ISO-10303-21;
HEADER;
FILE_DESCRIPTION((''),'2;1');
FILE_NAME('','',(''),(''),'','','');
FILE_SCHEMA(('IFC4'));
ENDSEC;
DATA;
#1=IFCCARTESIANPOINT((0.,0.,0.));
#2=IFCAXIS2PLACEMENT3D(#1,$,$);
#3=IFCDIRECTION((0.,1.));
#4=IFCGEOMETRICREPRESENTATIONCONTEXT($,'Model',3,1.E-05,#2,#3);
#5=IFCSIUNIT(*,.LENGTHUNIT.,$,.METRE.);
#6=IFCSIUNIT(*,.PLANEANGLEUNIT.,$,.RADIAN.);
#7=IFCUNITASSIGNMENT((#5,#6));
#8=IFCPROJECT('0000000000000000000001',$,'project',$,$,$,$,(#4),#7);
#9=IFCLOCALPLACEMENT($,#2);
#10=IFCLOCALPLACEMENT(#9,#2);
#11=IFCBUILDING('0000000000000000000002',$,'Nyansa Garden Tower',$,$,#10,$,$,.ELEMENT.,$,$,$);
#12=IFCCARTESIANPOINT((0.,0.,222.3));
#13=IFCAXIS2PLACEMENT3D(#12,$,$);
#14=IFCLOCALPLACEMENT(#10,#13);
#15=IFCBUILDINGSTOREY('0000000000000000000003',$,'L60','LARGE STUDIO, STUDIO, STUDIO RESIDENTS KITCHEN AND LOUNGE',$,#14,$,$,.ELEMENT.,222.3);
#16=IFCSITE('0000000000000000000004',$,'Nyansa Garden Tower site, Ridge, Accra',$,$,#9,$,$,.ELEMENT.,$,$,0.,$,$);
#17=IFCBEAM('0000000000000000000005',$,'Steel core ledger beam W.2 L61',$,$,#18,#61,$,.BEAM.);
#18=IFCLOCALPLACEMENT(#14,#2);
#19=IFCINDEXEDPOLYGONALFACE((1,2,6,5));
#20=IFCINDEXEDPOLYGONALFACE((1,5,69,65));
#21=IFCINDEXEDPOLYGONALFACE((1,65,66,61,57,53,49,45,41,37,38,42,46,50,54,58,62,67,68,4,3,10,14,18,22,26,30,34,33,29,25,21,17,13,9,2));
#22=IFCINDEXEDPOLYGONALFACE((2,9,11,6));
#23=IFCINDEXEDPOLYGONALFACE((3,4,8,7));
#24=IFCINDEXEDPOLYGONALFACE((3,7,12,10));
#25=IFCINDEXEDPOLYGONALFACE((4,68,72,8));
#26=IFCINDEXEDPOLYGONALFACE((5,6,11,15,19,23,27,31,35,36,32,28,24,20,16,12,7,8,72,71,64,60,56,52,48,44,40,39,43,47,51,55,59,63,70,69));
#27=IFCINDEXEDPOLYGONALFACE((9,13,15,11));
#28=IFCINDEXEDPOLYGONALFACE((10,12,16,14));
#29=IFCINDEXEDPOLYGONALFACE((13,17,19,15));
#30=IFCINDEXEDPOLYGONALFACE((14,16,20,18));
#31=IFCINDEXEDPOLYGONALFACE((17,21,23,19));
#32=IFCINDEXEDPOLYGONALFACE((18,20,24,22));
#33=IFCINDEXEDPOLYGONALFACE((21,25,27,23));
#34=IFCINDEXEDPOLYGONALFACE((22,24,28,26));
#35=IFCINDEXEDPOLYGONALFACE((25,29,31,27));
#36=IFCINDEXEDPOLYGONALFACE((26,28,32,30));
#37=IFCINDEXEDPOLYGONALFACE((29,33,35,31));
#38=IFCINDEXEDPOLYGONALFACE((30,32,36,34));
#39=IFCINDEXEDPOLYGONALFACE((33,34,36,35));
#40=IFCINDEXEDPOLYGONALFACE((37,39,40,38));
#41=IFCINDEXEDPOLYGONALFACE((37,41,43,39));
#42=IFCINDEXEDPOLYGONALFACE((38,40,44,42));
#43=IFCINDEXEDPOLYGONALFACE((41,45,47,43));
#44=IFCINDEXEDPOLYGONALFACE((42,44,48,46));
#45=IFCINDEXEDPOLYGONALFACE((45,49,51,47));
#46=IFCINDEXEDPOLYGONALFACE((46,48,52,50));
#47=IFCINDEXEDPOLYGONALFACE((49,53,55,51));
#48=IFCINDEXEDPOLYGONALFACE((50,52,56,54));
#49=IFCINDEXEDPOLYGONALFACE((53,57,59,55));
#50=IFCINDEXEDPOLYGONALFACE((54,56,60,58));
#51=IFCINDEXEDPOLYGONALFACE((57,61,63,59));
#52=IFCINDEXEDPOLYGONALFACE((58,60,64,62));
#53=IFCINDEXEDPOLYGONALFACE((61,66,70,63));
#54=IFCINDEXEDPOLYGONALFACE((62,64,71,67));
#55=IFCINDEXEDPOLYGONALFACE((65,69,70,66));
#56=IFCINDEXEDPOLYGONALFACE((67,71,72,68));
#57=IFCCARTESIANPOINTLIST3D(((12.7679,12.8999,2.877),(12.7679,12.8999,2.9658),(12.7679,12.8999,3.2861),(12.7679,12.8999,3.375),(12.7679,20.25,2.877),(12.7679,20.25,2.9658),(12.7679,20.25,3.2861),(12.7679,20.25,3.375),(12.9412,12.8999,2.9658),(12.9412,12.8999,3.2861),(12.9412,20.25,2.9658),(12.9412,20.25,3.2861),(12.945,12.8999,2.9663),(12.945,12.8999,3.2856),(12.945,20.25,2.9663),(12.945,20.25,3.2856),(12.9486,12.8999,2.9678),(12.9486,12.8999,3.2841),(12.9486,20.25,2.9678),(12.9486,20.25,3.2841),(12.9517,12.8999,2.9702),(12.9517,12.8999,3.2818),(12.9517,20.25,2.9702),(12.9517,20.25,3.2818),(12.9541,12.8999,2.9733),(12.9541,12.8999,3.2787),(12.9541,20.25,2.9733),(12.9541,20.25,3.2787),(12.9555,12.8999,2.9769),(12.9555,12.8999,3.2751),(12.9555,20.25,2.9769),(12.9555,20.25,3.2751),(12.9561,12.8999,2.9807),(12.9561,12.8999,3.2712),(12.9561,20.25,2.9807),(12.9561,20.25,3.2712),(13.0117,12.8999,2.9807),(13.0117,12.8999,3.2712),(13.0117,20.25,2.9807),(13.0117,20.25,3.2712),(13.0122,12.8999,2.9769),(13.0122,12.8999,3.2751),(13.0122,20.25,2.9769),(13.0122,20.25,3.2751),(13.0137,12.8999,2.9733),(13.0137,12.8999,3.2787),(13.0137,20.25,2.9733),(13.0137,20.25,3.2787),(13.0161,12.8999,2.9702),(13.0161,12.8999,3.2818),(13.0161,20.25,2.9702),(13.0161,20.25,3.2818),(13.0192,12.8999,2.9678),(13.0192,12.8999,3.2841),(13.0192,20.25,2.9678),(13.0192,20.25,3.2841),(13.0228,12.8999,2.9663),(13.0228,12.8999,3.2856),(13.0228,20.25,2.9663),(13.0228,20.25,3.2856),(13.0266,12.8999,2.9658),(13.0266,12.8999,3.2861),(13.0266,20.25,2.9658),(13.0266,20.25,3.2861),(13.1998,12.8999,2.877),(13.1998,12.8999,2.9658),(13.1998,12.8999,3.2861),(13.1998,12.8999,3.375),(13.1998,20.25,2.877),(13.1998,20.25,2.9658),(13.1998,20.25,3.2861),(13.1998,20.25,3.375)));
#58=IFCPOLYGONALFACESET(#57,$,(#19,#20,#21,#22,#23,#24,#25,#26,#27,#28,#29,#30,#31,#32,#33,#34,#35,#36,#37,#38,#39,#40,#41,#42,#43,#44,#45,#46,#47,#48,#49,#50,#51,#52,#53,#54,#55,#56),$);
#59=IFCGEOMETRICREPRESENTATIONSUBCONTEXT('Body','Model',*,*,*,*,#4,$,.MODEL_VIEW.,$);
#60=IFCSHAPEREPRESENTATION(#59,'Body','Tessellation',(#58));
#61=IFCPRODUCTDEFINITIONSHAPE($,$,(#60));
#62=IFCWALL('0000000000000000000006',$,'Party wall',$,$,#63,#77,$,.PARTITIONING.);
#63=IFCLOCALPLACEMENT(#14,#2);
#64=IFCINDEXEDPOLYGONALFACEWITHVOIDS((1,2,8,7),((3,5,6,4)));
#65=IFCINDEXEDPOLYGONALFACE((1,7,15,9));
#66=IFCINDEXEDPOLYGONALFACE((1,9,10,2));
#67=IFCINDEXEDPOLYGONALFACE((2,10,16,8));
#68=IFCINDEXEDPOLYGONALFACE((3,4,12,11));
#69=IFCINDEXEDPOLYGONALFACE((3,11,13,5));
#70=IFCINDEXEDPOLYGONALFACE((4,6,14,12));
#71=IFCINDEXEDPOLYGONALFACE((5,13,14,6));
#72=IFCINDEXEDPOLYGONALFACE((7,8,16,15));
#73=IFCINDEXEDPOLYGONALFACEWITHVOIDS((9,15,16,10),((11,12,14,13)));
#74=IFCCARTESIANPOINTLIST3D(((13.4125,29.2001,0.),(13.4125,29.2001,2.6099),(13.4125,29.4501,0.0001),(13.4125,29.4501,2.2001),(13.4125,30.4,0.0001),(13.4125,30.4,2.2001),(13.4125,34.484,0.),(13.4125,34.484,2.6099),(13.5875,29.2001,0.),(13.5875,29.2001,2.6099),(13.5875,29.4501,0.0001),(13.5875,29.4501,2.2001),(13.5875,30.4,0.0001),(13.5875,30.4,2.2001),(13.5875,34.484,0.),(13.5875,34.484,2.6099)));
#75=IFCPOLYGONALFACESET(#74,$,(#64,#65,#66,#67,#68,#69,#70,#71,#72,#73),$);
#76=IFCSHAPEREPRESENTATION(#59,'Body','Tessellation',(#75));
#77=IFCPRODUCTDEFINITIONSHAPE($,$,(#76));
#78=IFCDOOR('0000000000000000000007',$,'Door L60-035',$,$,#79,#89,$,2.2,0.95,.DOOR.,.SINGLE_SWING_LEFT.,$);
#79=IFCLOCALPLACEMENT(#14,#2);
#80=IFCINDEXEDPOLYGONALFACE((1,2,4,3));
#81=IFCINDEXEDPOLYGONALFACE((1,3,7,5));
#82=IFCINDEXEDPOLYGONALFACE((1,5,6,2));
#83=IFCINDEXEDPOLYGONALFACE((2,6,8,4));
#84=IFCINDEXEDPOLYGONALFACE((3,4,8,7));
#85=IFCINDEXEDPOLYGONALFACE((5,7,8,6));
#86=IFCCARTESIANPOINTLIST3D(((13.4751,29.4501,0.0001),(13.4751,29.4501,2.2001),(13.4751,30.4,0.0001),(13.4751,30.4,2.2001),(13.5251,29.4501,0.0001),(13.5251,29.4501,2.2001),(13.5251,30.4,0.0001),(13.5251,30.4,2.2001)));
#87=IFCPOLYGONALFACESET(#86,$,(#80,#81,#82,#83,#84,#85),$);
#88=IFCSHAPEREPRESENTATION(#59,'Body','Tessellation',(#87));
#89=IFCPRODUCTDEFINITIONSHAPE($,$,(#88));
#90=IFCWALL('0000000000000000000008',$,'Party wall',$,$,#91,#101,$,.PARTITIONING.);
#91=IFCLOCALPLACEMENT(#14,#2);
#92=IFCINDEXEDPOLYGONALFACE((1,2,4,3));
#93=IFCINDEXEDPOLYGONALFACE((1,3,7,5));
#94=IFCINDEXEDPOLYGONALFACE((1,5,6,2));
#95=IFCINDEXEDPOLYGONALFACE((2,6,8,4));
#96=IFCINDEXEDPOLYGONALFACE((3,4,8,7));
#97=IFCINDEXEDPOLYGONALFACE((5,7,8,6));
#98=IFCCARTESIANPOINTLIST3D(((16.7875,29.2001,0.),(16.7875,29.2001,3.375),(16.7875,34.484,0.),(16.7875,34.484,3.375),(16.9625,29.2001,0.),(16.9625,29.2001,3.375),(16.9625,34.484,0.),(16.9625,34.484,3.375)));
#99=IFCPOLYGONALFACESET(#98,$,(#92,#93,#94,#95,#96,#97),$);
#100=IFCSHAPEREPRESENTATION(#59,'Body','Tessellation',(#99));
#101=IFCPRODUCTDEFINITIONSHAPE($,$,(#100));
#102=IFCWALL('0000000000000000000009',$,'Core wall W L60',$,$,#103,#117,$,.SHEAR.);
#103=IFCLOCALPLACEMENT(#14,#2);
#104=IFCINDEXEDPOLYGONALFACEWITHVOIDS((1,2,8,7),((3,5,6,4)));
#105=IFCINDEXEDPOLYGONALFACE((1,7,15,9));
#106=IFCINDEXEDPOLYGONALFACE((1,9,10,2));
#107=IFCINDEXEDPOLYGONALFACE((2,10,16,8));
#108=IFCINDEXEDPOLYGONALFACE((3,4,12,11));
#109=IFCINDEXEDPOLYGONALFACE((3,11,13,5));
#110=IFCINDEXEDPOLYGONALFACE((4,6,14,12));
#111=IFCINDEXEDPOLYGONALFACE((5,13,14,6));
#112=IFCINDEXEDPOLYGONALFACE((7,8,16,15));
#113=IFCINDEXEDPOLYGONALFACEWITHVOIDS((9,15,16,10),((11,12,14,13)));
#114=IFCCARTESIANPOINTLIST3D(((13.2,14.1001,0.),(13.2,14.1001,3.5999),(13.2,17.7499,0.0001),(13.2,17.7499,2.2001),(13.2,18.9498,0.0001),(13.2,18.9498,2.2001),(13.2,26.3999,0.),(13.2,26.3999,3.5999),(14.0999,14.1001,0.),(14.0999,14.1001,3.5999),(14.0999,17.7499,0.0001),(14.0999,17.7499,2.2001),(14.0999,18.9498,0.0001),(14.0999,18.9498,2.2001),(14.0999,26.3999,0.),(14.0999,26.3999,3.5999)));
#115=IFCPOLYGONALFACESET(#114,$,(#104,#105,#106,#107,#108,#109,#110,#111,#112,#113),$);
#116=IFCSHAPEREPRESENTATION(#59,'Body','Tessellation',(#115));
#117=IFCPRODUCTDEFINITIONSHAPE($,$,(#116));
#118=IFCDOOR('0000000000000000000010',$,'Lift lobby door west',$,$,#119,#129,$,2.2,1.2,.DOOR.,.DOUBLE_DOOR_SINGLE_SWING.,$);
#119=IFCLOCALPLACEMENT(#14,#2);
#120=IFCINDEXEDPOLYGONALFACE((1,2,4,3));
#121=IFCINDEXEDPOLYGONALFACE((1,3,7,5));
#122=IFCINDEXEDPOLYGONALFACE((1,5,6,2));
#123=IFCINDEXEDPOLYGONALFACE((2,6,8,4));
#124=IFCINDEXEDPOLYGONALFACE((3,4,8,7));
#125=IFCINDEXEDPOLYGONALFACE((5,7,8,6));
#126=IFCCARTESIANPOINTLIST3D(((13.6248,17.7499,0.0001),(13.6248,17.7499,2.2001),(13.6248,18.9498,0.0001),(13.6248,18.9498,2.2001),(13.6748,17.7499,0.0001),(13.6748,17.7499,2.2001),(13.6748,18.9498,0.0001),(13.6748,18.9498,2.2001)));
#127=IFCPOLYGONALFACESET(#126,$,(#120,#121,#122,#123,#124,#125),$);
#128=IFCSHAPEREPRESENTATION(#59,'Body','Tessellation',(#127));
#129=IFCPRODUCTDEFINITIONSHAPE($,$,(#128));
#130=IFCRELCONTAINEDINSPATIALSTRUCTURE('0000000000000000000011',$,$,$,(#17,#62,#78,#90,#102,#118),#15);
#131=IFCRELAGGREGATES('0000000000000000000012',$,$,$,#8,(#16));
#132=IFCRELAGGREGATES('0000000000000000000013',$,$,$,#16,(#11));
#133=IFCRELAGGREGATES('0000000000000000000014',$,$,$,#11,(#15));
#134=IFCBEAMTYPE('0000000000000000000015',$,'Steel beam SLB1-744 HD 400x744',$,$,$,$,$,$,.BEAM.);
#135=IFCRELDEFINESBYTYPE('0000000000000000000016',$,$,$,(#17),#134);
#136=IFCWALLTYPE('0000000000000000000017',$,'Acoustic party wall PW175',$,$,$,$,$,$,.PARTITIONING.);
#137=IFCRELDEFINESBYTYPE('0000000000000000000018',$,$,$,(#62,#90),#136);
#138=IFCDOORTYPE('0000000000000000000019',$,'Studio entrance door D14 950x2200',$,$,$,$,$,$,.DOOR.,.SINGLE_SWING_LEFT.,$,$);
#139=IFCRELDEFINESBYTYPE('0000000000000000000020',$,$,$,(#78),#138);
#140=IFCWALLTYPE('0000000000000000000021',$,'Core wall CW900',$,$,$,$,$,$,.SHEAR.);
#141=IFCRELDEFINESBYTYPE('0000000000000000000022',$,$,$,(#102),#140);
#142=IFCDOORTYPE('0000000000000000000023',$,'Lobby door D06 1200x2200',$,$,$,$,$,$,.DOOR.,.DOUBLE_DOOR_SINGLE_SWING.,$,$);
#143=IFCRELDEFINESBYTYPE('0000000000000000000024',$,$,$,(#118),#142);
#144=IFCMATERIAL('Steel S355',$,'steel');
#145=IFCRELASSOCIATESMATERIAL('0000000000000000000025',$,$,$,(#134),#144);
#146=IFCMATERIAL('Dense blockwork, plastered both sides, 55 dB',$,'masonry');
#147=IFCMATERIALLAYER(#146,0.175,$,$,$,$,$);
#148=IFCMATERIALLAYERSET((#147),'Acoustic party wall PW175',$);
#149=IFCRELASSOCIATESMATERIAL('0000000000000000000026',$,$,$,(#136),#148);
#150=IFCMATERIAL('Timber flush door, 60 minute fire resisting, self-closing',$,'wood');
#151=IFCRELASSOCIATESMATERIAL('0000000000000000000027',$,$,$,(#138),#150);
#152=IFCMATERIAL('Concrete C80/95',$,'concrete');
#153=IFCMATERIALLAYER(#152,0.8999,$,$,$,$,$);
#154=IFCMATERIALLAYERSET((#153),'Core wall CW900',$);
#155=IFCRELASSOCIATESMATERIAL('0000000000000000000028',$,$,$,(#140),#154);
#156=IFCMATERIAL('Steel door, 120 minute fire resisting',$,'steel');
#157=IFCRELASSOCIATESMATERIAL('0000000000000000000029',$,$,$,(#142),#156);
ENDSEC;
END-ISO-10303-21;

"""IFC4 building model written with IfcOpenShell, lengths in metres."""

from ifc_helpers import new_model, si_unit, direction, frame, frame_2d, origin, origin_2d, place, context, subcontext, project, spatial, rectangle, i_section, extrude, material, layer, layer_set, material_profile, profile_set, type_object, element, fill, save


model = new_model("IFC4")

# Units and contexts
model_context = context("Model", 3, precision=1e-05, world=origin(), true_north=direction((0.0, 1.0)))
body_context = subcontext(model_context, "Body", "Model", "MODEL_VIEW")
ifc_project = project(units=[si_unit("LENGTHUNIT", "METRE"), si_unit("PLANEANGLEUNIT", "RADIAN")], contexts=[model_context])

# Site, building, storey
site_placement = place(None, origin())
site = spatial("IfcSite", under=ifc_project, at=site_placement, Name="Nyansa Garden Tower site, Ridge, Accra", CompositionType="ELEMENT", RefElevation=0.0)
building_placement = place(site_placement, origin())
building = spatial("IfcBuilding", under=site, at=building_placement, Name="Nyansa Garden Tower", CompositionType="ELEMENT")
storey_placement = place(building_placement, frame((0.0, 0.0, 222.3)))
storey = spatial("IfcBuildingStorey", under=building, at=storey_placement, Name="L60", Description="LARGE STUDIO, STUDIO, STUDIO RESIDENTS KITCHEN AND LOUNGE", CompositionType="ELEMENT", Elevation=222.3)

# Beam
ifc_material_1 = material(Name="Steel S355", Category="steel")
ifc_material_profile_1 = material_profile(ifc_material_1, i_section(OverallWidth=0.4319, OverallDepth=0.498, WebThickness=0.0557, FlangeThickness=0.0889, FilletRadius=0.0149, at=origin_2d()), Name="HD 400x744")
ifc_profile_set_1 = profile_set([ifc_material_profile_1], Name="Steel S355")
beam_type_1 = type_object("IfcBeamType", Name="Steel beam SLB1-744 HD 400x744", PredefinedType="BEAM", material=ifc_profile_set_1)
for number, where, z_axis, x_axis, name in (
    (1, (12.9839, 20.25, 3.126), (0.0, -1.0, 0.0), (1.0, 0.0, 0.0), "Steel core ledger beam W.2 L61"),
):
    element("IfcBeam", number, at=place(storey_placement, frame(where, z_axis=z_axis, x_axis=x_axis)), inside=storey, type_object=beam_type_1, Name=name, PredefinedType="BEAM", context=body_context, shape_type="SweptSolid", body=[
        extrude(i_section(OverallWidth=0.4319, OverallDepth=0.498, WebThickness=0.0557, FlangeThickness=0.0889, FilletRadius=0.0149, at=origin_2d()), origin(), (0.0, 0.0, 1.0), 7.3501),
    ])

# Wall, opening, door
ifc_material_2 = material(Name="Dense blockwork, plastered both sides, 55 dB", Category="masonry")
ifc_layer_1 = layer(ifc_material_2, 0.175)
ifc_layer_set_1 = layer_set([ifc_layer_1], Name="Acoustic party wall PW175")
wall_type_1 = type_object("IfcWallType", Name="Acoustic party wall PW175", PredefinedType="PARTITIONING", material=ifc_layer_set_1)
wall_1_placement = place(storey_placement, frame((13.5, 29.2, 0.0), z_axis=(0.0, 0.0, 1.0), x_axis=(0.0, 1.0, 0.0)))
wall_1 = element("IfcWall", 2, at=wall_1_placement, inside=storey, type_object=wall_type_1, Name="Party wall", PredefinedType="PARTITIONING", context=body_context, shape_type="SweptSolid", body=[
    extrude(rectangle(XDim=5.2839, YDim=0.175, at=frame_2d((2.6421, 0.0))), origin(), (0.0, 0.0, 1.0), 2.6099),
])
opening_1_placement = place(wall_1_placement, frame((0.25, 0.0, 0.0)))
opening_1 = element("IfcOpeningElement", 3, at=opening_1_placement, cuts=wall_1, PredefinedType="OPENING", context=body_context, shape_type="SweptSolid", body=[
    extrude(rectangle(XDim=0.95, YDim=2.2, at=frame_2d((0.4751, 1.1001))), frame((0.0, 0.0974, 0.0), z_axis=(0.0, -1.0, 0.0), x_axis=(1.0, 0.0, 0.0)), (0.0, 0.0, 1.0), 0.1951),
])
ifc_material_3 = material(Name="Timber flush door, 60 minute fire resisting, self-closing", Category="wood")
door_type_1 = type_object("IfcDoorType", Name="Studio entrance door D14 950x2200", OperationType="SINGLE_SWING_LEFT", PredefinedType="DOOR", material=ifc_material_3)
door_1_placement = place(opening_1_placement, origin())
door_1 = element("IfcDoor", 4, at=door_1_placement, inside=storey, type_object=door_type_1, Name="Door L60-035", OperationType="SINGLE_SWING_LEFT", OverallHeight=2.2, OverallWidth=0.95, PredefinedType="DOOR", context=body_context, shape_type="SweptSolid", body=[
    extrude(rectangle(XDim=0.95, YDim=2.2, at=frame_2d((0.4751, 1.1001))), frame((0.0, 0.0249, 0.0), z_axis=(0.0, -1.0, 0.0), x_axis=(1.0, 0.0, 0.0)), (0.0, 0.0, 1.0), 0.05),
])
fill(opening_1, door_1)

# Wall
wall_2_placement = place(storey_placement, frame((16.875, 29.2, 0.0), z_axis=(0.0, 0.0, 1.0), x_axis=(0.0, 1.0, 0.0)))
element("IfcWall", 5, at=wall_2_placement, inside=storey, type_object=wall_type_1, Name="Party wall", PredefinedType="PARTITIONING", context=body_context, shape_type="SweptSolid", body=[
    extrude(rectangle(XDim=5.2839, YDim=0.175, at=frame_2d((2.6421, 0.0))), origin(), (0.0, 0.0, 1.0), 3.375),
])

# Wall, opening, door
ifc_material_4 = material(Name="Concrete C80/95", Category="concrete")
ifc_layer_2 = layer(ifc_material_4, 0.8999)
ifc_layer_set_2 = layer_set([ifc_layer_2], Name="Core wall CW900")
wall_type_2 = type_object("IfcWallType", Name="Core wall CW900", PredefinedType="SHEAR", material=ifc_layer_set_2)
wall_3_placement = place(storey_placement, frame((13.6499, 26.3999, 0.0), z_axis=(0.0, 0.0, 1.0), x_axis=(0.0, -1.0, 0.0)))
wall_3 = element("IfcWall", 6, at=wall_3_placement, inside=storey, type_object=wall_type_2, Name="Core wall W L60", PredefinedType="SHEAR", context=body_context, shape_type="SweptSolid", body=[
    extrude(rectangle(XDim=12.2998, YDim=0.8999, at=frame_2d((6.1499, 0.0))), origin(), (0.0, 0.0, 1.0), 3.5999),
])
opening_2_placement = place(wall_3_placement, frame((7.45, 0.0, 0.0)))
opening_2 = element("IfcOpeningElement", 7, at=opening_2_placement, cuts=wall_3, PredefinedType="OPENING", context=body_context, shape_type="SweptSolid", body=[
    extrude(rectangle(XDim=1.2, YDim=2.2, at=frame_2d((0.6001, 1.1001))), frame((0.0, 0.46, 0.0), z_axis=(0.0, -1.0, 0.0), x_axis=(1.0, 0.0, 0.0)), (0.0, 0.0, 1.0), 0.9199),
])
ifc_material_5 = material(Name="Steel door, 120 minute fire resisting", Category="steel")
door_type_2 = type_object("IfcDoorType", Name="Lobby door D06 1200x2200", OperationType="DOUBLE_DOOR_SINGLE_SWING", PredefinedType="DOOR", material=ifc_material_5)
door_2_placement = place(opening_2_placement, origin())
door_2 = element("IfcDoor", 8, at=door_2_placement, inside=storey, type_object=door_type_2, Name="Lift lobby door west", OperationType="DOUBLE_DOOR_SINGLE_SWING", OverallHeight=2.2, OverallWidth=1.2, PredefinedType="DOOR", context=body_context, shape_type="SweptSolid", body=[
    extrude(rectangle(XDim=1.2, YDim=2.2, at=frame_2d((0.6001, 1.1001))), frame((0.0, 0.0249, 0.0), z_axis=(0.0, -1.0, 0.0), x_axis=(1.0, 0.0, 0.0)), (0.0, 0.0, 1.0), 0.05),
])
fill(opening_2, door_2)

save(model, "model.ifc")
